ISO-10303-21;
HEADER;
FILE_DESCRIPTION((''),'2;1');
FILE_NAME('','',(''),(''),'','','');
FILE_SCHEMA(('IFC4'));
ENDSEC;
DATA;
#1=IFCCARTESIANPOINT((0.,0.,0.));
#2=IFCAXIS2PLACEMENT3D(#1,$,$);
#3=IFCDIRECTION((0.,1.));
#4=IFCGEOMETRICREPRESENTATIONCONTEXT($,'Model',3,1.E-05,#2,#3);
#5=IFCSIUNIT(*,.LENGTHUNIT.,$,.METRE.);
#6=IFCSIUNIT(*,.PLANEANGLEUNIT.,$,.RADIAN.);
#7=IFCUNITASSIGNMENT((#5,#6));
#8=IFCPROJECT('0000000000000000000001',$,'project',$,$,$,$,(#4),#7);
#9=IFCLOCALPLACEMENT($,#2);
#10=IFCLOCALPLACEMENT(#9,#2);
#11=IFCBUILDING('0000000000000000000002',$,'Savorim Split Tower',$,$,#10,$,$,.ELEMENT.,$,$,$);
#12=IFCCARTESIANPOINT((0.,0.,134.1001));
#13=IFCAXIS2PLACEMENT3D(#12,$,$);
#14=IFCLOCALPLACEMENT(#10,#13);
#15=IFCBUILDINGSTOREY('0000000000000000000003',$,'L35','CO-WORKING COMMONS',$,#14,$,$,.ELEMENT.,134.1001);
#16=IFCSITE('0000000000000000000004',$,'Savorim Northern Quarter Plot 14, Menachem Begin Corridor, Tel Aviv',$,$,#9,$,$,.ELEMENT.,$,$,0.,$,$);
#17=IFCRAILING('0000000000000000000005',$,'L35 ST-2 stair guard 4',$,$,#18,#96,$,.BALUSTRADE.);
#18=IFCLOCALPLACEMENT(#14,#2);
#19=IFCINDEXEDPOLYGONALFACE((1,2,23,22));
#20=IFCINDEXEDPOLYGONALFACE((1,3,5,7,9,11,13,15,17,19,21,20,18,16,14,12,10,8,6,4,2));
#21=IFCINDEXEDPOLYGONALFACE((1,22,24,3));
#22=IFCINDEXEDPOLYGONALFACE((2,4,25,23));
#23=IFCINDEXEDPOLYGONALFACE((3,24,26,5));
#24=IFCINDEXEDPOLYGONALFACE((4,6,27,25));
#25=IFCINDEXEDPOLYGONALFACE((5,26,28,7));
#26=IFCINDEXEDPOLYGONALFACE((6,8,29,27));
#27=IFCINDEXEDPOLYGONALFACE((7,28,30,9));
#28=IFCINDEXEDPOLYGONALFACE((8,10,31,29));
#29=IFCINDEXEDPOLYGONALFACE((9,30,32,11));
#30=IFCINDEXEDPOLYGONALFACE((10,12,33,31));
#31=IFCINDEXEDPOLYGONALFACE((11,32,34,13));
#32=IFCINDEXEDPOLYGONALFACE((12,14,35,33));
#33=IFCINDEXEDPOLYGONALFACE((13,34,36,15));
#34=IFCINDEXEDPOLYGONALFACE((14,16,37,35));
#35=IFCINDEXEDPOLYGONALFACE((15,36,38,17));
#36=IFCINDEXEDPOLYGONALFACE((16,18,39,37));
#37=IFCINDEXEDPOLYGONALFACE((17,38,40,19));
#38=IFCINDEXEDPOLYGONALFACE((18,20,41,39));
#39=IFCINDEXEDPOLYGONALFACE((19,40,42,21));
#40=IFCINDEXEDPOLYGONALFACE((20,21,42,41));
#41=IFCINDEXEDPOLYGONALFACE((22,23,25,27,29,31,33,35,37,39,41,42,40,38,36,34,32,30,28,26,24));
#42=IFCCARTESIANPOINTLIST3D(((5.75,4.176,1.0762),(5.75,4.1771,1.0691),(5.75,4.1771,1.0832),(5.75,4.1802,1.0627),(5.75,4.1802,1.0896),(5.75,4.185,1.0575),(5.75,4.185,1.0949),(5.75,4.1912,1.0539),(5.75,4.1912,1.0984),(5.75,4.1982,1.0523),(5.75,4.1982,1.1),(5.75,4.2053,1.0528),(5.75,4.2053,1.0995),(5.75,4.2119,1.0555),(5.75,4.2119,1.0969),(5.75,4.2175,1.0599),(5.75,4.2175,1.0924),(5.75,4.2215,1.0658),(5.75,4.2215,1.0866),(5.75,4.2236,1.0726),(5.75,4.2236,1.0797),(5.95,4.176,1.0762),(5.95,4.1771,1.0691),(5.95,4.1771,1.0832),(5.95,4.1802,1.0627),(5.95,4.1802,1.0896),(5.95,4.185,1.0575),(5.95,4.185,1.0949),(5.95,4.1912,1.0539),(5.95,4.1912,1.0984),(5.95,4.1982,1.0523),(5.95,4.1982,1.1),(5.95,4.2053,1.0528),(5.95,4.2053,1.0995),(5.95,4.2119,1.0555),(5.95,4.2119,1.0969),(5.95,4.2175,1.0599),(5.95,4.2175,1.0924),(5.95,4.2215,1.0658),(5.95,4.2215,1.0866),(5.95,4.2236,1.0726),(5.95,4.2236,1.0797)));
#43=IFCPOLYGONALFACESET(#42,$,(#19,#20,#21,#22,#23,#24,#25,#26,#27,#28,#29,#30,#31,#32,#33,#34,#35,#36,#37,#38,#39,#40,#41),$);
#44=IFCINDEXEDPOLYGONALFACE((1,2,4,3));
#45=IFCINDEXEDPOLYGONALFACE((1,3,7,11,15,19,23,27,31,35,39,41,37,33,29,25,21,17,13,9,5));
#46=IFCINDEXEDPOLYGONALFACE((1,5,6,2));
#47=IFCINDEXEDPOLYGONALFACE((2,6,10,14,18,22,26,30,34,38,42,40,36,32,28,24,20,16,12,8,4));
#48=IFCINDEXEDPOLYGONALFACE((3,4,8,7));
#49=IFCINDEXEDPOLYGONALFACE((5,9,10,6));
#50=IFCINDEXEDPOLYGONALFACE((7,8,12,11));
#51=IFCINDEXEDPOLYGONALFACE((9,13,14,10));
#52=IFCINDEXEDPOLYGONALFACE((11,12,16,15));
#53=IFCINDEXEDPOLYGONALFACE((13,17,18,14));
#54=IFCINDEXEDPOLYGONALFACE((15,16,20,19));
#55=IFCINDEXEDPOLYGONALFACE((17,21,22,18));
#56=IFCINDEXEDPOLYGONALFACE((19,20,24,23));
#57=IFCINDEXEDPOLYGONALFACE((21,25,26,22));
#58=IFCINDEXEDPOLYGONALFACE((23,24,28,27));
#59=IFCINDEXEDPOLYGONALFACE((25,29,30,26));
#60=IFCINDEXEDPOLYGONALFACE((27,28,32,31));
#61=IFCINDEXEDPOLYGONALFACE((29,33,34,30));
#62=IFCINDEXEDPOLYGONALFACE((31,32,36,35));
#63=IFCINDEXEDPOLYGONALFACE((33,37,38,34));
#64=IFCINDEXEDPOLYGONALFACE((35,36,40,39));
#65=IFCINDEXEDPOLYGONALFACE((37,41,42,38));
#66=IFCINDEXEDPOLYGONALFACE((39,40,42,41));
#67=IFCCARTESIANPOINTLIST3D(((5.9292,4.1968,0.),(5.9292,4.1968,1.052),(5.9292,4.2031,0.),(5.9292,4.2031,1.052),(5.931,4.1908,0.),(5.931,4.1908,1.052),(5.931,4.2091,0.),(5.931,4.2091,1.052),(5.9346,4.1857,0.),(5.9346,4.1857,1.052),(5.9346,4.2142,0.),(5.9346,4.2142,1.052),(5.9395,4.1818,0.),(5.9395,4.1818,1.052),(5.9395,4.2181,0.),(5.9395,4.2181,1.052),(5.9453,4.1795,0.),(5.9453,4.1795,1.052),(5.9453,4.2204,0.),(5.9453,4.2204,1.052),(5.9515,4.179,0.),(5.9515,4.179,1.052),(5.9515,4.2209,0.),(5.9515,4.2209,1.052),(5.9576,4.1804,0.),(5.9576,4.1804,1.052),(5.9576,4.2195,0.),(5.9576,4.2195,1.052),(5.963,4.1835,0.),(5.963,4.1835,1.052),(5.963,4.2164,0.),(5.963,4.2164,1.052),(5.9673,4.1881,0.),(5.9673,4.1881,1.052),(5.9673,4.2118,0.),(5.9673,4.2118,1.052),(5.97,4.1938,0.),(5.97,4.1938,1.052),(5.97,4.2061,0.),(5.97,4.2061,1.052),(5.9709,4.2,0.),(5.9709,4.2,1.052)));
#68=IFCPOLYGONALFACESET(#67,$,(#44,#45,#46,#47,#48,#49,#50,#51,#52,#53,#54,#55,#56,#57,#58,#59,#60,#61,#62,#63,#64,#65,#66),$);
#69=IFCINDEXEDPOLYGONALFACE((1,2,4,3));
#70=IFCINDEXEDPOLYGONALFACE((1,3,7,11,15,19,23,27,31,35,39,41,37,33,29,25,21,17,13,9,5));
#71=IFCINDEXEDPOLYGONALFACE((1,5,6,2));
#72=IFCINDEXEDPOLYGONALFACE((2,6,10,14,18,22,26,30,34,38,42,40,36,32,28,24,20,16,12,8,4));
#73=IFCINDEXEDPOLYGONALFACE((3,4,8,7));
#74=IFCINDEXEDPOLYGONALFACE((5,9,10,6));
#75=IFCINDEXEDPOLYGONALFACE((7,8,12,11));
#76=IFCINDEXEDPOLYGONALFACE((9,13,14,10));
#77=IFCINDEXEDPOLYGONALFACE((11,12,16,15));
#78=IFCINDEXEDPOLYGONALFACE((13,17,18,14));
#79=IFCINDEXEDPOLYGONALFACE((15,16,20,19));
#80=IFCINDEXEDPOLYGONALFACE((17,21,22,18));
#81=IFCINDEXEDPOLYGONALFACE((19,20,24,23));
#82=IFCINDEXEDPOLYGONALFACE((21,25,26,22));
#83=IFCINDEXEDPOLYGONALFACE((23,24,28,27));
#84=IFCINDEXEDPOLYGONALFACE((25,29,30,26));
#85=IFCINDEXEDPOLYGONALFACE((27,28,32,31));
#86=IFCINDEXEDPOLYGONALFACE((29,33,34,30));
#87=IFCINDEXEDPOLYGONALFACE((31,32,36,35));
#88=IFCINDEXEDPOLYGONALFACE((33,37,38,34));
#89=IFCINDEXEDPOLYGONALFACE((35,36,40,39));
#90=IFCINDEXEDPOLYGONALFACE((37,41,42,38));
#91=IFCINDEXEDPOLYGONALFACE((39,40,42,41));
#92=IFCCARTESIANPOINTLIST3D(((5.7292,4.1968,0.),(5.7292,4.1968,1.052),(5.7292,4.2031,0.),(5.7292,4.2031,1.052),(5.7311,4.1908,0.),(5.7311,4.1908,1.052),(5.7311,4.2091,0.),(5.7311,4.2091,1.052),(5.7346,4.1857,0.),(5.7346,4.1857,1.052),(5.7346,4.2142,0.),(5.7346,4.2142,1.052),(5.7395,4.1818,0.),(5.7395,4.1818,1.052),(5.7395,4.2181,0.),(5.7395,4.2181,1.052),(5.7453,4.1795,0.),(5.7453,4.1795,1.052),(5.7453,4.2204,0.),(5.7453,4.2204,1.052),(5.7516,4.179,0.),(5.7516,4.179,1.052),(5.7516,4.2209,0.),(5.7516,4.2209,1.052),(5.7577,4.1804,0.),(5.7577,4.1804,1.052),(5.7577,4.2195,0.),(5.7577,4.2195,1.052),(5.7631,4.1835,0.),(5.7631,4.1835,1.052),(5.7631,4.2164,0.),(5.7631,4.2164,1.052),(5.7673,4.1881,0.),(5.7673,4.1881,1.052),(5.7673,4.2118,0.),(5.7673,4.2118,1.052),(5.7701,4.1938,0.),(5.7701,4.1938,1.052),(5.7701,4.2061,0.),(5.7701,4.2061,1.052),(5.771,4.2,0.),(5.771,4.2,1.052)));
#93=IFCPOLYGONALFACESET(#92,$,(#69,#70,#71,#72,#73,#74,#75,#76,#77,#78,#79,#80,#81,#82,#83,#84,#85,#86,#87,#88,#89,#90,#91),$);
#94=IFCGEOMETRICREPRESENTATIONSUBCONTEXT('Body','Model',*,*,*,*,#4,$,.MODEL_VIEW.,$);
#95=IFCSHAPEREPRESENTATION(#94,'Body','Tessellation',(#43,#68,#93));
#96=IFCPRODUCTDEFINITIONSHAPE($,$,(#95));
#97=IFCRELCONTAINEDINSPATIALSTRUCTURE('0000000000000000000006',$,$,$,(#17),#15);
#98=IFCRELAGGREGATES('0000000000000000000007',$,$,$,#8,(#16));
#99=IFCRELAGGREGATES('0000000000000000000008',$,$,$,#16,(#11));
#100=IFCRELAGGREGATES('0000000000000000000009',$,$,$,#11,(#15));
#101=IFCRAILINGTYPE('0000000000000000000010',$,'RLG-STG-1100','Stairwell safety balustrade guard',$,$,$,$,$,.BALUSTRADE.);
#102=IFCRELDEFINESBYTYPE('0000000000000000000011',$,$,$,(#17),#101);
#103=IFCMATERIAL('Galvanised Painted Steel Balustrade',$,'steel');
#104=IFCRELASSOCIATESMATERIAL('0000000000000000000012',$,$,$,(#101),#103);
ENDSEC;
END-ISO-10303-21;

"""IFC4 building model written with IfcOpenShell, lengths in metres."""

from ifc_helpers import new_model, si_unit, direction, frame, origin, origin_2d, place, context, subcontext, project, spatial, circle, extrude, material, type_object, element, save


model = new_model("IFC4")

# Units and contexts
model_context = context("Model", 3, precision=1e-05, world=origin(), true_north=direction((0.0, 1.0)))
body_context = subcontext(model_context, "Body", "Model", "MODEL_VIEW")
ifc_project = project(units=[si_unit("LENGTHUNIT", "METRE"), si_unit("PLANEANGLEUNIT", "RADIAN")], contexts=[model_context])

# Site, building, storey
site_placement = place(None, origin())
site = spatial("IfcSite", under=ifc_project, at=site_placement, Name="Savorim Northern Quarter Plot 14, Menachem Begin Corridor, Tel Aviv", CompositionType="ELEMENT", RefElevation=0.0)
building_placement = place(site_placement, origin())
building = spatial("IfcBuilding", under=site, at=building_placement, Name="Savorim Split Tower", CompositionType="ELEMENT")
storey_placement = place(building_placement, frame((0.0, 0.0, 134.1001)))
storey = spatial("IfcBuildingStorey", under=building, at=storey_placement, Name="L35", Description="CO-WORKING COMMONS", CompositionType="ELEMENT", Elevation=134.1001)

# Railing
ifc_material_1 = material(Name="Galvanised Painted Steel Balustrade", Category="steel")
railing_type_1 = type_object("IfcRailingType", Name="RLG-STG-1100", Description="Stairwell safety balustrade guard", PredefinedType="BALUSTRADE", material=ifc_material_1)
railing_1_placement = place(storey_placement, frame((5.95, 4.2, 0.0)))
element("IfcRailing", 1, at=railing_1_placement, inside=storey, type_object=railing_type_1, Name="L35 ST-2 stair guard 4", PredefinedType="BALUSTRADE", context=body_context, shape_type="SweptSolid", body=[
    extrude(circle(Radius=0.0239, at=origin_2d()), frame((0.0, 0.0, 1.0762), z_axis=(-1.0, 0.0, 0.0), x_axis=(0.0, -1.0, 0.0)), (0.0, 0.0, 1.0), 0.2),
    extrude(circle(Radius=0.021, at=origin_2d()), origin(), (0.0, 0.0, 1.0), 1.052),
    extrude(circle(Radius=0.021, at=origin_2d()), frame((-0.2, 0.0, 0.0)), (0.0, 0.0, 1.0), 1.052),
])

save(model, "model.ifc")
